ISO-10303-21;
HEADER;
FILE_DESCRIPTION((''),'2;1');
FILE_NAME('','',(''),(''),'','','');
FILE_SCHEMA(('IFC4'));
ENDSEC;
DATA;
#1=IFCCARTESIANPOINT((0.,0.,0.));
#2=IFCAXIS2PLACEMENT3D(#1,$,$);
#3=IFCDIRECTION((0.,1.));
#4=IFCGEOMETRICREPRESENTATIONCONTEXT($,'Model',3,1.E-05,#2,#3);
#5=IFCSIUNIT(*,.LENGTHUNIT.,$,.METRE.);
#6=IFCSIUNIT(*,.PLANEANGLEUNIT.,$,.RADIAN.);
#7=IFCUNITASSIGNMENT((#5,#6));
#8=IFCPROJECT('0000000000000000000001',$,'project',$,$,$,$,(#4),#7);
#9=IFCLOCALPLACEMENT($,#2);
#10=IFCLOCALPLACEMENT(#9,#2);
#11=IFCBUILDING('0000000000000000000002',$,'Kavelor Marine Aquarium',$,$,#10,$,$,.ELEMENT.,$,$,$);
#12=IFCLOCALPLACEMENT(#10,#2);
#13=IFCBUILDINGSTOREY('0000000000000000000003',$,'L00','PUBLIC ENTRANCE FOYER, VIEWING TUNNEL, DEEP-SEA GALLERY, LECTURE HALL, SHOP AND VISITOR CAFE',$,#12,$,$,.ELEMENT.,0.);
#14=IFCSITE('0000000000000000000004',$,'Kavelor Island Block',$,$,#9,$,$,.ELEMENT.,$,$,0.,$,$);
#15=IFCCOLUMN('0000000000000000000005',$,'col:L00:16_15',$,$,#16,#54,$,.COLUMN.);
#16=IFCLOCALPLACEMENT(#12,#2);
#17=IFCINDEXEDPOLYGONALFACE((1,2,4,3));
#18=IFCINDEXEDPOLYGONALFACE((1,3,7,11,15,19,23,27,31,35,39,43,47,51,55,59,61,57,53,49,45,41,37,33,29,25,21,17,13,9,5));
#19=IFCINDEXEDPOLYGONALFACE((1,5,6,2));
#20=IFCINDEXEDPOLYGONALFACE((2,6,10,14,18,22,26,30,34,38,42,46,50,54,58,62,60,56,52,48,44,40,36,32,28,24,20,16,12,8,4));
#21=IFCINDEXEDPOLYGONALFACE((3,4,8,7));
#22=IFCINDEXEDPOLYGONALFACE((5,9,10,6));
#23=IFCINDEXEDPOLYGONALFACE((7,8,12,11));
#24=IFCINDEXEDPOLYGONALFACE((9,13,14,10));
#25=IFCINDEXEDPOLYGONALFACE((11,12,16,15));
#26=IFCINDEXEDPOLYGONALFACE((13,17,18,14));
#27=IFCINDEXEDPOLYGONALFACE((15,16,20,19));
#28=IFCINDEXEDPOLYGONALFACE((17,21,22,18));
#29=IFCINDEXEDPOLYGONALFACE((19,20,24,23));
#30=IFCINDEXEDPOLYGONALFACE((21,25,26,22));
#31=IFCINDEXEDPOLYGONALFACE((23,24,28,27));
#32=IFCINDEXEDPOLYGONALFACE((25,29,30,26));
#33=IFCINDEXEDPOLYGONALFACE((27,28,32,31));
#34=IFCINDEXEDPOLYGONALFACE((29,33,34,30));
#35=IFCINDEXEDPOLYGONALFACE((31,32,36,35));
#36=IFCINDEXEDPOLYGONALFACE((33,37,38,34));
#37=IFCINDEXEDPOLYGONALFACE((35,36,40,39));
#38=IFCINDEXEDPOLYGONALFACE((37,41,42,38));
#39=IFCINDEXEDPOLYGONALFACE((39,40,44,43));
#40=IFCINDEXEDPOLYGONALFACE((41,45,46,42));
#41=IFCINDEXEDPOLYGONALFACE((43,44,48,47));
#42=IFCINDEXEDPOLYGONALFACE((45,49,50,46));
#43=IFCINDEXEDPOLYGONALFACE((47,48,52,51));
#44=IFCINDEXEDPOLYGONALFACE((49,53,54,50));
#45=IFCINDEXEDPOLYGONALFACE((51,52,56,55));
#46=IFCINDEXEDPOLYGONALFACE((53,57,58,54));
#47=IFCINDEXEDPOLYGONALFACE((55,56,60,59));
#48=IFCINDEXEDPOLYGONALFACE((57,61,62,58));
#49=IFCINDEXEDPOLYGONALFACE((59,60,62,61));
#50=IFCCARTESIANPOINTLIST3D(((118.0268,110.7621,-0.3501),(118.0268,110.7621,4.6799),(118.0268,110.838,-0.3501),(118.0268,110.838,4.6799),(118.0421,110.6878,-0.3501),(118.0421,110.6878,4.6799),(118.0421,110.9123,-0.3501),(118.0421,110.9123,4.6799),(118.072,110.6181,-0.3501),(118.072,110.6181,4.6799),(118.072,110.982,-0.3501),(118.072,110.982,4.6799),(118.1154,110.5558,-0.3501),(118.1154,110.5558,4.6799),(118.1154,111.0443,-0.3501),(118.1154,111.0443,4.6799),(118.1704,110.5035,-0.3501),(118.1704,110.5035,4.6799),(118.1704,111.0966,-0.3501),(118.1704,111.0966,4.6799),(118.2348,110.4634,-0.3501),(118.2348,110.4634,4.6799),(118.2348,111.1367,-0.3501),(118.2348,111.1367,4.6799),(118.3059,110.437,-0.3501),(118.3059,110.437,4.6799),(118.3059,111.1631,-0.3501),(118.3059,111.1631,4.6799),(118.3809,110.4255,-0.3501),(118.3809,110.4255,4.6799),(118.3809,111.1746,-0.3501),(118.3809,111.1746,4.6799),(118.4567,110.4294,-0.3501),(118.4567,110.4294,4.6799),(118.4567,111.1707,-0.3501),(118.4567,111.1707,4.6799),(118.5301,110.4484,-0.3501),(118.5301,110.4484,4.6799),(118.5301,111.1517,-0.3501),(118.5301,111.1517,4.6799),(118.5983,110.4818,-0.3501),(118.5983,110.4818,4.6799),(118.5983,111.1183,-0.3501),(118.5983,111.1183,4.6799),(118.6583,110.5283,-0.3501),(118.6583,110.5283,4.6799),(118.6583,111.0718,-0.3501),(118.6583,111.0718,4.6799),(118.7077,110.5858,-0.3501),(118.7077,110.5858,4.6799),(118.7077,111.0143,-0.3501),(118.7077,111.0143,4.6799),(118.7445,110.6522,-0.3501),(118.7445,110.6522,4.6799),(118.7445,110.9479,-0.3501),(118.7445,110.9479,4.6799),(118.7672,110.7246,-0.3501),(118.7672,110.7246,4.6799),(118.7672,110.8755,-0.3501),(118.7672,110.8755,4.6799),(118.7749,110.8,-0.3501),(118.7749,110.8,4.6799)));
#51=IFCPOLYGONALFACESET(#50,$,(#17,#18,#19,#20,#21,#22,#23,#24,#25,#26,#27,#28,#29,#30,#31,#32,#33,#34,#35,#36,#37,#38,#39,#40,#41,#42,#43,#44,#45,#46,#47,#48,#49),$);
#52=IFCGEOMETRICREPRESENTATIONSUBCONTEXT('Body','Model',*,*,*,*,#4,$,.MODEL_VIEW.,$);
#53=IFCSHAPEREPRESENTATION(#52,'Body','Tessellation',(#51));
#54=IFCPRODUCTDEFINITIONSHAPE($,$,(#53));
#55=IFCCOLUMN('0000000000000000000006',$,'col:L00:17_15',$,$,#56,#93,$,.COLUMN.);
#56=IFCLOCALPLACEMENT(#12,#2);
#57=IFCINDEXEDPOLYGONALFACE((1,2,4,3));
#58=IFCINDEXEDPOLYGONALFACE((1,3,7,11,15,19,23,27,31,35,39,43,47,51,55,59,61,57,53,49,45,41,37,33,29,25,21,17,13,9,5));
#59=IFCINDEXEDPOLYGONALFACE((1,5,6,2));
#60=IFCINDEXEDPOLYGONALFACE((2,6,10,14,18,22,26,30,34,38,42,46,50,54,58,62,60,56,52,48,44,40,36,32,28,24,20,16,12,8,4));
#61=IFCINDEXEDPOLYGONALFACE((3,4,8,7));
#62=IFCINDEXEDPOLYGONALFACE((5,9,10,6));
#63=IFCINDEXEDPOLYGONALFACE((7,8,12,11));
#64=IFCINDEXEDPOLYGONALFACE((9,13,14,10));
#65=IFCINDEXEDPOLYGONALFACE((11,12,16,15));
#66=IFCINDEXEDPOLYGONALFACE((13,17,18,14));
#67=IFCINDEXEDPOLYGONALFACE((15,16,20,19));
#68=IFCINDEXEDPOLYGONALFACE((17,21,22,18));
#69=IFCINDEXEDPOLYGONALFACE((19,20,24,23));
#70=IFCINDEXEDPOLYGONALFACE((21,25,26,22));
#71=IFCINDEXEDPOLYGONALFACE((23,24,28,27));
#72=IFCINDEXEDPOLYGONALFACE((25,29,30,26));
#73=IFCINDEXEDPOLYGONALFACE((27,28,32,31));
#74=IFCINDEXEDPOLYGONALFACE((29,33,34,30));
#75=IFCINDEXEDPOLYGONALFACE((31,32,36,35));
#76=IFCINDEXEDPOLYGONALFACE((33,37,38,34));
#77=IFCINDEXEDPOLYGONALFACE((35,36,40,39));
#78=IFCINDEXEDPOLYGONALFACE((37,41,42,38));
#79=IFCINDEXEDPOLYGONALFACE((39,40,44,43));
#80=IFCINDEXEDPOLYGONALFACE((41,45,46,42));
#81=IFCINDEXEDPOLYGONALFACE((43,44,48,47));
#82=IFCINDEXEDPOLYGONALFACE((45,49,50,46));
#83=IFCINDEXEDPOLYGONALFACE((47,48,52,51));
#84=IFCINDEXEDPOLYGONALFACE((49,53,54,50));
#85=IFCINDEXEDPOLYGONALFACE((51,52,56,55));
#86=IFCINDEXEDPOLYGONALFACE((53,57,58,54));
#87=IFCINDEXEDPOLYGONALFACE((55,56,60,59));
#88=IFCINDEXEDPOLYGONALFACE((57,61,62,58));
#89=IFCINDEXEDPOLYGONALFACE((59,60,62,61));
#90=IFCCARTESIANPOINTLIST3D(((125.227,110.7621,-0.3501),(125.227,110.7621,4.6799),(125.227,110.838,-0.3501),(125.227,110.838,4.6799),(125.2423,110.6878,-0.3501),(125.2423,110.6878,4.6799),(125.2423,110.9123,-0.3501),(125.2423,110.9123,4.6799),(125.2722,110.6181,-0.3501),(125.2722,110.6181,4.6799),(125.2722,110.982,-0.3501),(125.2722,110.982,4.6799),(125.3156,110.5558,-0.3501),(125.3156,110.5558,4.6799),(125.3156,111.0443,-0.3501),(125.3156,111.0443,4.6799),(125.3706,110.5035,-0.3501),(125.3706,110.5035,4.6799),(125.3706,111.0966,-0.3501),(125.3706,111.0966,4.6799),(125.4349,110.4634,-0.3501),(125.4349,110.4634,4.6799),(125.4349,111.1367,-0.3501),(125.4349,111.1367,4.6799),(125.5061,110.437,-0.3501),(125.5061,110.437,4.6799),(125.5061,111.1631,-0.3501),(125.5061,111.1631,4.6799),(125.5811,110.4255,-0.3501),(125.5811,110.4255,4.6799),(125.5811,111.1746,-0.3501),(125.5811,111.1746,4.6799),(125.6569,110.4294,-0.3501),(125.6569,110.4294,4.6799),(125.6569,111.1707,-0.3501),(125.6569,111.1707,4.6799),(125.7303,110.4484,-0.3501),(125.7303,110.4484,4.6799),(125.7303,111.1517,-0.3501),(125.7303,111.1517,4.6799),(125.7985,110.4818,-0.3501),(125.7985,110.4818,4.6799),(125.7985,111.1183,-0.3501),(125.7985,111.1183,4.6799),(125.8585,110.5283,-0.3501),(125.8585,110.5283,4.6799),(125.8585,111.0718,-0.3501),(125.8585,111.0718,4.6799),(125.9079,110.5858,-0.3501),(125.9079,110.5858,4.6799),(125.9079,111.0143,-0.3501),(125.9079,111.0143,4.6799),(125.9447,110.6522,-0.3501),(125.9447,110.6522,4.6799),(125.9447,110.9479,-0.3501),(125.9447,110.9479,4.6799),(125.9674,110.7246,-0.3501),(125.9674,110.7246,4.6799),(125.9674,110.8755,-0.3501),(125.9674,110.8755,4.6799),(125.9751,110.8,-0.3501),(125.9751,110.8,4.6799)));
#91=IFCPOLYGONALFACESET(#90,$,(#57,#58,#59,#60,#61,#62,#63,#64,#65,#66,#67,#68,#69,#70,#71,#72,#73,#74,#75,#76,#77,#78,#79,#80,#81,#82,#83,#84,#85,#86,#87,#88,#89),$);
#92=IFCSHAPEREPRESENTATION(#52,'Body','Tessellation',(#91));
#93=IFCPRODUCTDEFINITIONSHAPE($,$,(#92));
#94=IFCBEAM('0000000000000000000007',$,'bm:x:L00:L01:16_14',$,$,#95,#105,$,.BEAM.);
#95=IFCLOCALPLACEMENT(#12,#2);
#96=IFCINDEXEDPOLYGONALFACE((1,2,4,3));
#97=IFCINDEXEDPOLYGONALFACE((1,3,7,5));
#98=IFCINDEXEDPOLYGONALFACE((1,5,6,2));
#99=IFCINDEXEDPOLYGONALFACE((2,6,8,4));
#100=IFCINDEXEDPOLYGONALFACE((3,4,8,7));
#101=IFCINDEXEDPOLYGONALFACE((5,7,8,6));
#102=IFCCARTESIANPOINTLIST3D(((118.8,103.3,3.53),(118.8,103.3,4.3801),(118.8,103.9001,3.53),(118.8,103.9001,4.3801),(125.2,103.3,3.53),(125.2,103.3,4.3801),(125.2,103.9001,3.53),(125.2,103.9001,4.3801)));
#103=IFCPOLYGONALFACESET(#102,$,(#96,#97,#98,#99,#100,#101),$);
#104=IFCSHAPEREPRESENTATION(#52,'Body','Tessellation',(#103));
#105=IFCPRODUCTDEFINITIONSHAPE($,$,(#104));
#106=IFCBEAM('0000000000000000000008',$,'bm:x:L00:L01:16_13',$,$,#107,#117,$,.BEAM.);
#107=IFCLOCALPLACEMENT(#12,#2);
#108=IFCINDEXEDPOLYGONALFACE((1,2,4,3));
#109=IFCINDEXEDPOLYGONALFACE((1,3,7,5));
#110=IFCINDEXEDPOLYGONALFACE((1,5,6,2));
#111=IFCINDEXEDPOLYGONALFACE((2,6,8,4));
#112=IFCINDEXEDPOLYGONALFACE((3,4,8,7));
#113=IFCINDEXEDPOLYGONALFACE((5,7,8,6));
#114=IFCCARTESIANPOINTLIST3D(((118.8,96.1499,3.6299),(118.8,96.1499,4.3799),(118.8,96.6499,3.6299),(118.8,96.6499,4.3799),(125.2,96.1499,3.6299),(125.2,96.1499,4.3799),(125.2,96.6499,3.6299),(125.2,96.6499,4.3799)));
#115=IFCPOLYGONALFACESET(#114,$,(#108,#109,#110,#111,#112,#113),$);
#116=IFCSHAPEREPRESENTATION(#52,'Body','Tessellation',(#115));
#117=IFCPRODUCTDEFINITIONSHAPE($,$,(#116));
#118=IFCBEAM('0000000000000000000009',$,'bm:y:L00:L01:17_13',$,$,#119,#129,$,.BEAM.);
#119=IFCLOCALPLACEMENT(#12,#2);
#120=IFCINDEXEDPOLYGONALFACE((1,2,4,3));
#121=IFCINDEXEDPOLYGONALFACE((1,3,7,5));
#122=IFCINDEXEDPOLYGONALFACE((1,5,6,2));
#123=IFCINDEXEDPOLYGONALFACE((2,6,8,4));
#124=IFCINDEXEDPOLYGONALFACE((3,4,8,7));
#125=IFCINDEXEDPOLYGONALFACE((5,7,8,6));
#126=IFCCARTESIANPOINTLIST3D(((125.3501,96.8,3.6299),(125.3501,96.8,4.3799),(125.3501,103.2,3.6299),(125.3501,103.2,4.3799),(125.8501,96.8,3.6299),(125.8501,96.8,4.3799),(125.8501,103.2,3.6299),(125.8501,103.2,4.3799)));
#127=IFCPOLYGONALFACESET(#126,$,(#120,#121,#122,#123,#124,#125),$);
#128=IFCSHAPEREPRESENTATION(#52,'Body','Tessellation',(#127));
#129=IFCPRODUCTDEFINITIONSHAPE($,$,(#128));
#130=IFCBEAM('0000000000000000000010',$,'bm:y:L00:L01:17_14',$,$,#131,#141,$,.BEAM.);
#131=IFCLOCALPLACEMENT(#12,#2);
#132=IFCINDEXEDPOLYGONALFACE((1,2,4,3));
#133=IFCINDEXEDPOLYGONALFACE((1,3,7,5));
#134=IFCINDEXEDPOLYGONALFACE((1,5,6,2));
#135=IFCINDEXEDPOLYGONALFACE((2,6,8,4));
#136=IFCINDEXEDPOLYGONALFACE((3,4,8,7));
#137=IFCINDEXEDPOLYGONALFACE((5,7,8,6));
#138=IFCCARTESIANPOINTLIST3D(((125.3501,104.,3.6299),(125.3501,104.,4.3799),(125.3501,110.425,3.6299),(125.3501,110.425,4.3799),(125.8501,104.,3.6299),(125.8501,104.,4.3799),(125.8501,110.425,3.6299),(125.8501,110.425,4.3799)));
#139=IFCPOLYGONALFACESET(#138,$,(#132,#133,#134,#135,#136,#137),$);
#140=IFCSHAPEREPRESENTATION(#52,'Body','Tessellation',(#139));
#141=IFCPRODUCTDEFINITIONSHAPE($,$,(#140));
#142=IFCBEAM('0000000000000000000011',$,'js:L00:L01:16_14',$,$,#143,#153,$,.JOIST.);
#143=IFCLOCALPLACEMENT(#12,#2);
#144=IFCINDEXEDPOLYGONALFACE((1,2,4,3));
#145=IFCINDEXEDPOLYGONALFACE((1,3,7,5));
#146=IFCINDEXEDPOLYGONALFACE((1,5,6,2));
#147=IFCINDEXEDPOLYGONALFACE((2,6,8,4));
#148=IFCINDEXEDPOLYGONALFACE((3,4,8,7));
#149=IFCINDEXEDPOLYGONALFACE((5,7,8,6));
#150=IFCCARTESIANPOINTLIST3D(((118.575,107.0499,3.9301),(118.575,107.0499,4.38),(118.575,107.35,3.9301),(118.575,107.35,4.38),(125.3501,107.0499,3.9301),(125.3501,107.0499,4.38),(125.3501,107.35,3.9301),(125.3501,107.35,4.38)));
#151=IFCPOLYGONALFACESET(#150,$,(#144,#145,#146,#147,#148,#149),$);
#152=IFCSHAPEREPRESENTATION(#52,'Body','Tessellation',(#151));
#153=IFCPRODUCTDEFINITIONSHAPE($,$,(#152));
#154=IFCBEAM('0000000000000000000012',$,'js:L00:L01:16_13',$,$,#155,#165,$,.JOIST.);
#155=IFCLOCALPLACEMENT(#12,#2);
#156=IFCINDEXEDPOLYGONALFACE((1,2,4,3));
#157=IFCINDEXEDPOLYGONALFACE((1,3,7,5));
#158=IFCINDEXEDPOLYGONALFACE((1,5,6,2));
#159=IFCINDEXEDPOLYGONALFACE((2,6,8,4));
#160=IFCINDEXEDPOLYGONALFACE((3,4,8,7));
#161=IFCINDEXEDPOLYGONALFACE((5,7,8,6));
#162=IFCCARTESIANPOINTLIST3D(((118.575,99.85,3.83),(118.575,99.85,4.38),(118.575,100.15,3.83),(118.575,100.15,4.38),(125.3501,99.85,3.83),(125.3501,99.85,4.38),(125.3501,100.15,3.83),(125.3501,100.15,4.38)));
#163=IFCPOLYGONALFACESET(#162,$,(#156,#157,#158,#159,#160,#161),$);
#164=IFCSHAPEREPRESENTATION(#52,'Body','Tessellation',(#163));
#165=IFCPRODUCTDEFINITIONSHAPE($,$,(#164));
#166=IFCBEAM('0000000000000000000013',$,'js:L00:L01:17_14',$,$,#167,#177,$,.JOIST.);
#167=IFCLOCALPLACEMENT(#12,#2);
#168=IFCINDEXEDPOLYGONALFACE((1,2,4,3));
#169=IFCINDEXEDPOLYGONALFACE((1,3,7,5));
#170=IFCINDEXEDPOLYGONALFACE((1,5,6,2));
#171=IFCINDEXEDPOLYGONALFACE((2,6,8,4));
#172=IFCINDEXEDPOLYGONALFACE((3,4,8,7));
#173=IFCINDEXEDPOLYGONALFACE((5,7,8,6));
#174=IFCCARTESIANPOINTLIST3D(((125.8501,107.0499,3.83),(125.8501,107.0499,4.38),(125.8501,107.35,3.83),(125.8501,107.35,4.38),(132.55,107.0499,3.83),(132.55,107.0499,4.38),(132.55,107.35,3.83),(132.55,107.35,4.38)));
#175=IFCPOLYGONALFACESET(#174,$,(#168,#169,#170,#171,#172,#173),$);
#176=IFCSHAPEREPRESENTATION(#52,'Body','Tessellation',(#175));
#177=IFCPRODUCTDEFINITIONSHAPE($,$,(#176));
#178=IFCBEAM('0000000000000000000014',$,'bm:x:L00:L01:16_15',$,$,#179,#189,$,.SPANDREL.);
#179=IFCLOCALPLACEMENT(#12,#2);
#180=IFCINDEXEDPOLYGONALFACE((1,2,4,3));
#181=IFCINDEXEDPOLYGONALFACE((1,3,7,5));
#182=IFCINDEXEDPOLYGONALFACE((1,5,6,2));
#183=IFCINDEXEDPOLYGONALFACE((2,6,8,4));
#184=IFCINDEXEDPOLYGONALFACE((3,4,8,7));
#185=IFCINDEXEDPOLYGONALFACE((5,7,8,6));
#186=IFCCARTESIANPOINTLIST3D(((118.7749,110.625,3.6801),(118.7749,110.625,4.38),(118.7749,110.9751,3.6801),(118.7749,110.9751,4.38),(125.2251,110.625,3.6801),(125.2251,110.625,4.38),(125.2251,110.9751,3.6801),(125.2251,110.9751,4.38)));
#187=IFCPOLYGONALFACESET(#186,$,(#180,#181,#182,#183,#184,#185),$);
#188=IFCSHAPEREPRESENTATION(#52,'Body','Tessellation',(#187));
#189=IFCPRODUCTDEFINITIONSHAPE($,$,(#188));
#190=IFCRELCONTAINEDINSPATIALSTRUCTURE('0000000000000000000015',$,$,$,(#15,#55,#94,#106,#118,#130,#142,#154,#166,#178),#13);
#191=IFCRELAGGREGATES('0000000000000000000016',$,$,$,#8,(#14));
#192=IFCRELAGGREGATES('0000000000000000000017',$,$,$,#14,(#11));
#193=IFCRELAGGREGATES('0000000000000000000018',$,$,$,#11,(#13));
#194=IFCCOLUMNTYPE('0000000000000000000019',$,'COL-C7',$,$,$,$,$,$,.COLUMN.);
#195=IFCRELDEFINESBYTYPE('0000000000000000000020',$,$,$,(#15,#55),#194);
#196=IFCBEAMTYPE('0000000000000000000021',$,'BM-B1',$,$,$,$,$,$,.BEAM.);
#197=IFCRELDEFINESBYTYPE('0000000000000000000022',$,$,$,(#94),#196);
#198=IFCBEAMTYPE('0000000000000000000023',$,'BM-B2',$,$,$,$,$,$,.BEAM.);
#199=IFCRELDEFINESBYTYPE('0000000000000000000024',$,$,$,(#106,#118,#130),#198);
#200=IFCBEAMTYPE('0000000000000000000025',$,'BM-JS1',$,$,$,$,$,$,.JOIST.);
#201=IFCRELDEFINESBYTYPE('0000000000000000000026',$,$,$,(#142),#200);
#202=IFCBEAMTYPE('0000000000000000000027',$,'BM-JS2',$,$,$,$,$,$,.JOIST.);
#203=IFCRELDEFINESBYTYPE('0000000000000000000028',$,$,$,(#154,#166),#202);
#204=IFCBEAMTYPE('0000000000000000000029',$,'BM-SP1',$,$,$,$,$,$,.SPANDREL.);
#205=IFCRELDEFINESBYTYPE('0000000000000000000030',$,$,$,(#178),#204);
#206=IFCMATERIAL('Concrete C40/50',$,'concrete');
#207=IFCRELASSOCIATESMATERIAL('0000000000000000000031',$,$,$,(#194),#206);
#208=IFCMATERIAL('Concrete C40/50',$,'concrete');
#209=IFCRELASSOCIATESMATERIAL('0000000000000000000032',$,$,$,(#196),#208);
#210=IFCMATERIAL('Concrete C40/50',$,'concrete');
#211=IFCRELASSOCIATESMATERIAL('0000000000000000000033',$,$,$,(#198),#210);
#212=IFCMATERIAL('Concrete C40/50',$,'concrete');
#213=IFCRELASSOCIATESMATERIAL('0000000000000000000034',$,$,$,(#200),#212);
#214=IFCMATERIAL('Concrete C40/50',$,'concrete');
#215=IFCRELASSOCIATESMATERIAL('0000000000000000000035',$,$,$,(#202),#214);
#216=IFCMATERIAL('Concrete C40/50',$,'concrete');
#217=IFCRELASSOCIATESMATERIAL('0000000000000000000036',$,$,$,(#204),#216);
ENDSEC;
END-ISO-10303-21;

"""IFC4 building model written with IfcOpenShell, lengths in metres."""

from ifc_helpers import new_model, si_unit, direction, frame, origin, origin_2d, place, context, subcontext, project, spatial, rectangle, circle, extrude, material, material_profile, profile_set, type_object, element, save


model = new_model("IFC4")

# Units and contexts
model_context = context("Model", 3, precision=1e-05, world=origin(), true_north=direction((0.0, 1.0)))
body_context = subcontext(model_context, "Body", "Model", "MODEL_VIEW")
ifc_project = project(units=[si_unit("LENGTHUNIT", "METRE"), si_unit("PLANEANGLEUNIT", "RADIAN")], contexts=[model_context])

# Site, building, storey
site_placement = place(None, origin())
site = spatial("IfcSite", under=ifc_project, at=site_placement, Name="Kavelor Island Block", CompositionType="ELEMENT", RefElevation=0.0)
building_placement = place(site_placement, origin())
building = spatial("IfcBuilding", under=site, at=building_placement, Name="Kavelor Marine Aquarium", CompositionType="ELEMENT")
storey_placement = place(building_placement, origin())
storey = spatial("IfcBuildingStorey", under=building, at=storey_placement, Name="L00", Description="PUBLIC ENTRANCE FOYER, VIEWING TUNNEL, DEEP-SEA GALLERY, LECTURE HALL, SHOP AND VISITOR CAFE", CompositionType="ELEMENT", Elevation=0.0)

# Columns
ifc_material_1 = material(Name="Concrete C40/50", Category="concrete")
ifc_material_profile_1 = material_profile(ifc_material_1, circle(Radius=0.375, at=origin_2d()), Name="RC-COL D750")
ifc_profile_set_1 = profile_set([ifc_material_profile_1], Name="Concrete C40/50")
column_type_1 = type_object("IfcColumnType", Name="COL-C7", PredefinedType="COLUMN", material=ifc_profile_set_1)
for number, where, z_axis, x_axis, name in (
    (1, (118.3999, 110.8, -0.3501), (0.0, 0.0, 1.0), (1.0, 0.0, 0.0), "col:L00:16_15"),
    (2, (125.6001, 110.8, -0.3501), (0.0, 0.0, 1.0), (1.0, 0.0, 0.0), "col:L00:17_15"),
):
    element("IfcColumn", number, at=place(storey_placement, frame(where, z_axis=z_axis, x_axis=x_axis)), inside=storey, type_object=column_type_1, Name=name, PredefinedType="COLUMN", context=body_context, shape_type="SweptSolid", body=[
        extrude(circle(Radius=0.375, at=origin_2d()), origin(), (0.0, 0.0, 1.0), 5.03),
    ])

# Beams
ifc_material_2 = material(Name="Concrete C40/50", Category="concrete")
ifc_material_profile_2 = material_profile(ifc_material_2, rectangle(XDim=0.6001, YDim=0.8501, at=origin_2d()), Name="RC-BM 600x850")
ifc_profile_set_2 = profile_set([ifc_material_profile_2], Name="Concrete C40/50")
beam_type_1 = type_object("IfcBeamType", Name="BM-B1", PredefinedType="BEAM", material=ifc_profile_set_2)
beam_1_placement = place(storey_placement, frame((118.8, 103.6001, 3.9551), z_axis=(1.0, 0.0, 0.0), x_axis=(0.0, 1.0, 0.0)))
element("IfcBeam", 3, at=beam_1_placement, inside=storey, type_object=beam_type_1, Name="bm:x:L00:L01:16_14", PredefinedType="BEAM", context=body_context, shape_type="SweptSolid", body=[
    extrude(rectangle(XDim=0.6001, YDim=0.8501, at=origin_2d()), origin(), (0.0, 0.0, 1.0), 6.3999),
])
ifc_material_3 = material(Name="Concrete C40/50", Category="concrete")
ifc_material_profile_3 = material_profile(ifc_material_3, rectangle(XDim=0.5, YDim=0.75, at=origin_2d()), Name="RC-BM 500x750")
ifc_profile_set_3 = profile_set([ifc_material_profile_3], Name="Concrete C40/50")
beam_type_2 = type_object("IfcBeamType", Name="BM-B2", PredefinedType="BEAM", material=ifc_profile_set_3)
for number, where, z_axis, x_axis, name in (
    (4, (118.8, 96.3999, 4.0049), (1.0, 0.0, 0.0), (0.0, 1.0, 0.0), "bm:x:L00:L01:16_13"),
    (5, (125.6001, 96.8, 4.0049), (0.0, 1.0, 0.0), (-1.0, 0.0, 0.0), "bm:y:L00:L01:17_13"),
):
    element("IfcBeam", number, at=place(storey_placement, frame(where, z_axis=z_axis, x_axis=x_axis)), inside=storey, type_object=beam_type_2, Name=name, PredefinedType="BEAM", context=body_context, shape_type="SweptSolid", body=[
        extrude(rectangle(XDim=0.5, YDim=0.75, at=origin_2d()), origin(), (0.0, 0.0, 1.0), 6.3999),
    ])
beam_2_placement = place(storey_placement, frame((125.6001, 104.0, 4.0049), z_axis=(0.0, 1.0, 0.0), x_axis=(-1.0, 0.0, 0.0)))
element("IfcBeam", 6, at=beam_2_placement, inside=storey, type_object=beam_type_2, Name="bm:y:L00:L01:17_14", PredefinedType="BEAM", context=body_context, shape_type="SweptSolid", body=[
    extrude(rectangle(XDim=0.5, YDim=0.75, at=origin_2d()), origin(), (0.0, 0.0, 1.0), 6.425),
])
ifc_material_4 = material(Name="Concrete C40/50", Category="concrete")
ifc_material_profile_4 = material_profile(ifc_material_4, rectangle(XDim=0.3, YDim=0.45, at=origin_2d()), Name="RC-JS 300x450")
ifc_profile_set_4 = profile_set([ifc_material_profile_4], Name="Concrete C40/50")
beam_type_3 = type_object("IfcBeamType", Name="BM-JS1", PredefinedType="JOIST", material=ifc_profile_set_4)
beam_3_placement = place(storey_placement, frame((118.575, 107.2, 4.155), z_axis=(1.0, 0.0, 0.0), x_axis=(0.0, 1.0, 0.0)))
element("IfcBeam", 7, at=beam_3_placement, inside=storey, type_object=beam_type_3, Name="js:L00:L01:16_14", PredefinedType="JOIST", context=body_context, shape_type="SweptSolid", body=[
    extrude(rectangle(XDim=0.3, YDim=0.45, at=origin_2d()), origin(), (0.0, 0.0, 1.0), 6.7751),
])
ifc_material_5 = material(Name="Concrete C40/50", Category="concrete")
ifc_material_profile_5 = material_profile(ifc_material_5, rectangle(XDim=0.3, YDim=0.55, at=origin_2d()), Name="RC-JS 300x550")
ifc_profile_set_5 = profile_set([ifc_material_profile_5], Name="Concrete C40/50")
beam_type_4 = type_object("IfcBeamType", Name="BM-JS2", PredefinedType="JOIST", material=ifc_profile_set_5)
beam_4_placement = place(storey_placement, frame((118.575, 100.0, 4.105), z_axis=(1.0, 0.0, 0.0), x_axis=(0.0, 1.0, 0.0)))
element("IfcBeam", 8, at=beam_4_placement, inside=storey, type_object=beam_type_4, Name="js:L00:L01:16_13", PredefinedType="JOIST", context=body_context, shape_type="SweptSolid", body=[
    extrude(rectangle(XDim=0.3, YDim=0.55, at=origin_2d()), origin(), (0.0, 0.0, 1.0), 6.7751),
])
beam_5_placement = place(storey_placement, frame((125.8501, 107.2, 4.105), z_axis=(1.0, 0.0, 0.0), x_axis=(0.0, 1.0, 0.0)))
element("IfcBeam", 9, at=beam_5_placement, inside=storey, type_object=beam_type_4, Name="js:L00:L01:17_14", PredefinedType="JOIST", context=body_context, shape_type="SweptSolid", body=[
    extrude(rectangle(XDim=0.3, YDim=0.55, at=origin_2d()), origin(), (0.0, 0.0, 1.0), 6.7),
])
ifc_material_6 = material(Name="Concrete C40/50", Category="concrete")
ifc_material_profile_6 = material_profile(ifc_material_6, rectangle(XDim=0.3501, YDim=0.7, at=origin_2d()), Name="RC-SP 350x700")
ifc_profile_set_6 = profile_set([ifc_material_profile_6], Name="Concrete C40/50")
beam_type_5 = type_object("IfcBeamType", Name="BM-SP1", PredefinedType="SPANDREL", material=ifc_profile_set_6)
beam_6_placement = place(storey_placement, frame((118.7749, 110.8, 4.03), z_axis=(1.0, 0.0, 0.0), x_axis=(0.0, 1.0, 0.0)))
element("IfcBeam", 10, at=beam_6_placement, inside=storey, type_object=beam_type_5, Name="bm:x:L00:L01:16_15", PredefinedType="SPANDREL", context=body_context, shape_type="SweptSolid", body=[
    extrude(rectangle(XDim=0.3501, YDim=0.7, at=origin_2d()), origin(), (0.0, 0.0, 1.0), 6.4502),
])

save(model, "model.ifc")
